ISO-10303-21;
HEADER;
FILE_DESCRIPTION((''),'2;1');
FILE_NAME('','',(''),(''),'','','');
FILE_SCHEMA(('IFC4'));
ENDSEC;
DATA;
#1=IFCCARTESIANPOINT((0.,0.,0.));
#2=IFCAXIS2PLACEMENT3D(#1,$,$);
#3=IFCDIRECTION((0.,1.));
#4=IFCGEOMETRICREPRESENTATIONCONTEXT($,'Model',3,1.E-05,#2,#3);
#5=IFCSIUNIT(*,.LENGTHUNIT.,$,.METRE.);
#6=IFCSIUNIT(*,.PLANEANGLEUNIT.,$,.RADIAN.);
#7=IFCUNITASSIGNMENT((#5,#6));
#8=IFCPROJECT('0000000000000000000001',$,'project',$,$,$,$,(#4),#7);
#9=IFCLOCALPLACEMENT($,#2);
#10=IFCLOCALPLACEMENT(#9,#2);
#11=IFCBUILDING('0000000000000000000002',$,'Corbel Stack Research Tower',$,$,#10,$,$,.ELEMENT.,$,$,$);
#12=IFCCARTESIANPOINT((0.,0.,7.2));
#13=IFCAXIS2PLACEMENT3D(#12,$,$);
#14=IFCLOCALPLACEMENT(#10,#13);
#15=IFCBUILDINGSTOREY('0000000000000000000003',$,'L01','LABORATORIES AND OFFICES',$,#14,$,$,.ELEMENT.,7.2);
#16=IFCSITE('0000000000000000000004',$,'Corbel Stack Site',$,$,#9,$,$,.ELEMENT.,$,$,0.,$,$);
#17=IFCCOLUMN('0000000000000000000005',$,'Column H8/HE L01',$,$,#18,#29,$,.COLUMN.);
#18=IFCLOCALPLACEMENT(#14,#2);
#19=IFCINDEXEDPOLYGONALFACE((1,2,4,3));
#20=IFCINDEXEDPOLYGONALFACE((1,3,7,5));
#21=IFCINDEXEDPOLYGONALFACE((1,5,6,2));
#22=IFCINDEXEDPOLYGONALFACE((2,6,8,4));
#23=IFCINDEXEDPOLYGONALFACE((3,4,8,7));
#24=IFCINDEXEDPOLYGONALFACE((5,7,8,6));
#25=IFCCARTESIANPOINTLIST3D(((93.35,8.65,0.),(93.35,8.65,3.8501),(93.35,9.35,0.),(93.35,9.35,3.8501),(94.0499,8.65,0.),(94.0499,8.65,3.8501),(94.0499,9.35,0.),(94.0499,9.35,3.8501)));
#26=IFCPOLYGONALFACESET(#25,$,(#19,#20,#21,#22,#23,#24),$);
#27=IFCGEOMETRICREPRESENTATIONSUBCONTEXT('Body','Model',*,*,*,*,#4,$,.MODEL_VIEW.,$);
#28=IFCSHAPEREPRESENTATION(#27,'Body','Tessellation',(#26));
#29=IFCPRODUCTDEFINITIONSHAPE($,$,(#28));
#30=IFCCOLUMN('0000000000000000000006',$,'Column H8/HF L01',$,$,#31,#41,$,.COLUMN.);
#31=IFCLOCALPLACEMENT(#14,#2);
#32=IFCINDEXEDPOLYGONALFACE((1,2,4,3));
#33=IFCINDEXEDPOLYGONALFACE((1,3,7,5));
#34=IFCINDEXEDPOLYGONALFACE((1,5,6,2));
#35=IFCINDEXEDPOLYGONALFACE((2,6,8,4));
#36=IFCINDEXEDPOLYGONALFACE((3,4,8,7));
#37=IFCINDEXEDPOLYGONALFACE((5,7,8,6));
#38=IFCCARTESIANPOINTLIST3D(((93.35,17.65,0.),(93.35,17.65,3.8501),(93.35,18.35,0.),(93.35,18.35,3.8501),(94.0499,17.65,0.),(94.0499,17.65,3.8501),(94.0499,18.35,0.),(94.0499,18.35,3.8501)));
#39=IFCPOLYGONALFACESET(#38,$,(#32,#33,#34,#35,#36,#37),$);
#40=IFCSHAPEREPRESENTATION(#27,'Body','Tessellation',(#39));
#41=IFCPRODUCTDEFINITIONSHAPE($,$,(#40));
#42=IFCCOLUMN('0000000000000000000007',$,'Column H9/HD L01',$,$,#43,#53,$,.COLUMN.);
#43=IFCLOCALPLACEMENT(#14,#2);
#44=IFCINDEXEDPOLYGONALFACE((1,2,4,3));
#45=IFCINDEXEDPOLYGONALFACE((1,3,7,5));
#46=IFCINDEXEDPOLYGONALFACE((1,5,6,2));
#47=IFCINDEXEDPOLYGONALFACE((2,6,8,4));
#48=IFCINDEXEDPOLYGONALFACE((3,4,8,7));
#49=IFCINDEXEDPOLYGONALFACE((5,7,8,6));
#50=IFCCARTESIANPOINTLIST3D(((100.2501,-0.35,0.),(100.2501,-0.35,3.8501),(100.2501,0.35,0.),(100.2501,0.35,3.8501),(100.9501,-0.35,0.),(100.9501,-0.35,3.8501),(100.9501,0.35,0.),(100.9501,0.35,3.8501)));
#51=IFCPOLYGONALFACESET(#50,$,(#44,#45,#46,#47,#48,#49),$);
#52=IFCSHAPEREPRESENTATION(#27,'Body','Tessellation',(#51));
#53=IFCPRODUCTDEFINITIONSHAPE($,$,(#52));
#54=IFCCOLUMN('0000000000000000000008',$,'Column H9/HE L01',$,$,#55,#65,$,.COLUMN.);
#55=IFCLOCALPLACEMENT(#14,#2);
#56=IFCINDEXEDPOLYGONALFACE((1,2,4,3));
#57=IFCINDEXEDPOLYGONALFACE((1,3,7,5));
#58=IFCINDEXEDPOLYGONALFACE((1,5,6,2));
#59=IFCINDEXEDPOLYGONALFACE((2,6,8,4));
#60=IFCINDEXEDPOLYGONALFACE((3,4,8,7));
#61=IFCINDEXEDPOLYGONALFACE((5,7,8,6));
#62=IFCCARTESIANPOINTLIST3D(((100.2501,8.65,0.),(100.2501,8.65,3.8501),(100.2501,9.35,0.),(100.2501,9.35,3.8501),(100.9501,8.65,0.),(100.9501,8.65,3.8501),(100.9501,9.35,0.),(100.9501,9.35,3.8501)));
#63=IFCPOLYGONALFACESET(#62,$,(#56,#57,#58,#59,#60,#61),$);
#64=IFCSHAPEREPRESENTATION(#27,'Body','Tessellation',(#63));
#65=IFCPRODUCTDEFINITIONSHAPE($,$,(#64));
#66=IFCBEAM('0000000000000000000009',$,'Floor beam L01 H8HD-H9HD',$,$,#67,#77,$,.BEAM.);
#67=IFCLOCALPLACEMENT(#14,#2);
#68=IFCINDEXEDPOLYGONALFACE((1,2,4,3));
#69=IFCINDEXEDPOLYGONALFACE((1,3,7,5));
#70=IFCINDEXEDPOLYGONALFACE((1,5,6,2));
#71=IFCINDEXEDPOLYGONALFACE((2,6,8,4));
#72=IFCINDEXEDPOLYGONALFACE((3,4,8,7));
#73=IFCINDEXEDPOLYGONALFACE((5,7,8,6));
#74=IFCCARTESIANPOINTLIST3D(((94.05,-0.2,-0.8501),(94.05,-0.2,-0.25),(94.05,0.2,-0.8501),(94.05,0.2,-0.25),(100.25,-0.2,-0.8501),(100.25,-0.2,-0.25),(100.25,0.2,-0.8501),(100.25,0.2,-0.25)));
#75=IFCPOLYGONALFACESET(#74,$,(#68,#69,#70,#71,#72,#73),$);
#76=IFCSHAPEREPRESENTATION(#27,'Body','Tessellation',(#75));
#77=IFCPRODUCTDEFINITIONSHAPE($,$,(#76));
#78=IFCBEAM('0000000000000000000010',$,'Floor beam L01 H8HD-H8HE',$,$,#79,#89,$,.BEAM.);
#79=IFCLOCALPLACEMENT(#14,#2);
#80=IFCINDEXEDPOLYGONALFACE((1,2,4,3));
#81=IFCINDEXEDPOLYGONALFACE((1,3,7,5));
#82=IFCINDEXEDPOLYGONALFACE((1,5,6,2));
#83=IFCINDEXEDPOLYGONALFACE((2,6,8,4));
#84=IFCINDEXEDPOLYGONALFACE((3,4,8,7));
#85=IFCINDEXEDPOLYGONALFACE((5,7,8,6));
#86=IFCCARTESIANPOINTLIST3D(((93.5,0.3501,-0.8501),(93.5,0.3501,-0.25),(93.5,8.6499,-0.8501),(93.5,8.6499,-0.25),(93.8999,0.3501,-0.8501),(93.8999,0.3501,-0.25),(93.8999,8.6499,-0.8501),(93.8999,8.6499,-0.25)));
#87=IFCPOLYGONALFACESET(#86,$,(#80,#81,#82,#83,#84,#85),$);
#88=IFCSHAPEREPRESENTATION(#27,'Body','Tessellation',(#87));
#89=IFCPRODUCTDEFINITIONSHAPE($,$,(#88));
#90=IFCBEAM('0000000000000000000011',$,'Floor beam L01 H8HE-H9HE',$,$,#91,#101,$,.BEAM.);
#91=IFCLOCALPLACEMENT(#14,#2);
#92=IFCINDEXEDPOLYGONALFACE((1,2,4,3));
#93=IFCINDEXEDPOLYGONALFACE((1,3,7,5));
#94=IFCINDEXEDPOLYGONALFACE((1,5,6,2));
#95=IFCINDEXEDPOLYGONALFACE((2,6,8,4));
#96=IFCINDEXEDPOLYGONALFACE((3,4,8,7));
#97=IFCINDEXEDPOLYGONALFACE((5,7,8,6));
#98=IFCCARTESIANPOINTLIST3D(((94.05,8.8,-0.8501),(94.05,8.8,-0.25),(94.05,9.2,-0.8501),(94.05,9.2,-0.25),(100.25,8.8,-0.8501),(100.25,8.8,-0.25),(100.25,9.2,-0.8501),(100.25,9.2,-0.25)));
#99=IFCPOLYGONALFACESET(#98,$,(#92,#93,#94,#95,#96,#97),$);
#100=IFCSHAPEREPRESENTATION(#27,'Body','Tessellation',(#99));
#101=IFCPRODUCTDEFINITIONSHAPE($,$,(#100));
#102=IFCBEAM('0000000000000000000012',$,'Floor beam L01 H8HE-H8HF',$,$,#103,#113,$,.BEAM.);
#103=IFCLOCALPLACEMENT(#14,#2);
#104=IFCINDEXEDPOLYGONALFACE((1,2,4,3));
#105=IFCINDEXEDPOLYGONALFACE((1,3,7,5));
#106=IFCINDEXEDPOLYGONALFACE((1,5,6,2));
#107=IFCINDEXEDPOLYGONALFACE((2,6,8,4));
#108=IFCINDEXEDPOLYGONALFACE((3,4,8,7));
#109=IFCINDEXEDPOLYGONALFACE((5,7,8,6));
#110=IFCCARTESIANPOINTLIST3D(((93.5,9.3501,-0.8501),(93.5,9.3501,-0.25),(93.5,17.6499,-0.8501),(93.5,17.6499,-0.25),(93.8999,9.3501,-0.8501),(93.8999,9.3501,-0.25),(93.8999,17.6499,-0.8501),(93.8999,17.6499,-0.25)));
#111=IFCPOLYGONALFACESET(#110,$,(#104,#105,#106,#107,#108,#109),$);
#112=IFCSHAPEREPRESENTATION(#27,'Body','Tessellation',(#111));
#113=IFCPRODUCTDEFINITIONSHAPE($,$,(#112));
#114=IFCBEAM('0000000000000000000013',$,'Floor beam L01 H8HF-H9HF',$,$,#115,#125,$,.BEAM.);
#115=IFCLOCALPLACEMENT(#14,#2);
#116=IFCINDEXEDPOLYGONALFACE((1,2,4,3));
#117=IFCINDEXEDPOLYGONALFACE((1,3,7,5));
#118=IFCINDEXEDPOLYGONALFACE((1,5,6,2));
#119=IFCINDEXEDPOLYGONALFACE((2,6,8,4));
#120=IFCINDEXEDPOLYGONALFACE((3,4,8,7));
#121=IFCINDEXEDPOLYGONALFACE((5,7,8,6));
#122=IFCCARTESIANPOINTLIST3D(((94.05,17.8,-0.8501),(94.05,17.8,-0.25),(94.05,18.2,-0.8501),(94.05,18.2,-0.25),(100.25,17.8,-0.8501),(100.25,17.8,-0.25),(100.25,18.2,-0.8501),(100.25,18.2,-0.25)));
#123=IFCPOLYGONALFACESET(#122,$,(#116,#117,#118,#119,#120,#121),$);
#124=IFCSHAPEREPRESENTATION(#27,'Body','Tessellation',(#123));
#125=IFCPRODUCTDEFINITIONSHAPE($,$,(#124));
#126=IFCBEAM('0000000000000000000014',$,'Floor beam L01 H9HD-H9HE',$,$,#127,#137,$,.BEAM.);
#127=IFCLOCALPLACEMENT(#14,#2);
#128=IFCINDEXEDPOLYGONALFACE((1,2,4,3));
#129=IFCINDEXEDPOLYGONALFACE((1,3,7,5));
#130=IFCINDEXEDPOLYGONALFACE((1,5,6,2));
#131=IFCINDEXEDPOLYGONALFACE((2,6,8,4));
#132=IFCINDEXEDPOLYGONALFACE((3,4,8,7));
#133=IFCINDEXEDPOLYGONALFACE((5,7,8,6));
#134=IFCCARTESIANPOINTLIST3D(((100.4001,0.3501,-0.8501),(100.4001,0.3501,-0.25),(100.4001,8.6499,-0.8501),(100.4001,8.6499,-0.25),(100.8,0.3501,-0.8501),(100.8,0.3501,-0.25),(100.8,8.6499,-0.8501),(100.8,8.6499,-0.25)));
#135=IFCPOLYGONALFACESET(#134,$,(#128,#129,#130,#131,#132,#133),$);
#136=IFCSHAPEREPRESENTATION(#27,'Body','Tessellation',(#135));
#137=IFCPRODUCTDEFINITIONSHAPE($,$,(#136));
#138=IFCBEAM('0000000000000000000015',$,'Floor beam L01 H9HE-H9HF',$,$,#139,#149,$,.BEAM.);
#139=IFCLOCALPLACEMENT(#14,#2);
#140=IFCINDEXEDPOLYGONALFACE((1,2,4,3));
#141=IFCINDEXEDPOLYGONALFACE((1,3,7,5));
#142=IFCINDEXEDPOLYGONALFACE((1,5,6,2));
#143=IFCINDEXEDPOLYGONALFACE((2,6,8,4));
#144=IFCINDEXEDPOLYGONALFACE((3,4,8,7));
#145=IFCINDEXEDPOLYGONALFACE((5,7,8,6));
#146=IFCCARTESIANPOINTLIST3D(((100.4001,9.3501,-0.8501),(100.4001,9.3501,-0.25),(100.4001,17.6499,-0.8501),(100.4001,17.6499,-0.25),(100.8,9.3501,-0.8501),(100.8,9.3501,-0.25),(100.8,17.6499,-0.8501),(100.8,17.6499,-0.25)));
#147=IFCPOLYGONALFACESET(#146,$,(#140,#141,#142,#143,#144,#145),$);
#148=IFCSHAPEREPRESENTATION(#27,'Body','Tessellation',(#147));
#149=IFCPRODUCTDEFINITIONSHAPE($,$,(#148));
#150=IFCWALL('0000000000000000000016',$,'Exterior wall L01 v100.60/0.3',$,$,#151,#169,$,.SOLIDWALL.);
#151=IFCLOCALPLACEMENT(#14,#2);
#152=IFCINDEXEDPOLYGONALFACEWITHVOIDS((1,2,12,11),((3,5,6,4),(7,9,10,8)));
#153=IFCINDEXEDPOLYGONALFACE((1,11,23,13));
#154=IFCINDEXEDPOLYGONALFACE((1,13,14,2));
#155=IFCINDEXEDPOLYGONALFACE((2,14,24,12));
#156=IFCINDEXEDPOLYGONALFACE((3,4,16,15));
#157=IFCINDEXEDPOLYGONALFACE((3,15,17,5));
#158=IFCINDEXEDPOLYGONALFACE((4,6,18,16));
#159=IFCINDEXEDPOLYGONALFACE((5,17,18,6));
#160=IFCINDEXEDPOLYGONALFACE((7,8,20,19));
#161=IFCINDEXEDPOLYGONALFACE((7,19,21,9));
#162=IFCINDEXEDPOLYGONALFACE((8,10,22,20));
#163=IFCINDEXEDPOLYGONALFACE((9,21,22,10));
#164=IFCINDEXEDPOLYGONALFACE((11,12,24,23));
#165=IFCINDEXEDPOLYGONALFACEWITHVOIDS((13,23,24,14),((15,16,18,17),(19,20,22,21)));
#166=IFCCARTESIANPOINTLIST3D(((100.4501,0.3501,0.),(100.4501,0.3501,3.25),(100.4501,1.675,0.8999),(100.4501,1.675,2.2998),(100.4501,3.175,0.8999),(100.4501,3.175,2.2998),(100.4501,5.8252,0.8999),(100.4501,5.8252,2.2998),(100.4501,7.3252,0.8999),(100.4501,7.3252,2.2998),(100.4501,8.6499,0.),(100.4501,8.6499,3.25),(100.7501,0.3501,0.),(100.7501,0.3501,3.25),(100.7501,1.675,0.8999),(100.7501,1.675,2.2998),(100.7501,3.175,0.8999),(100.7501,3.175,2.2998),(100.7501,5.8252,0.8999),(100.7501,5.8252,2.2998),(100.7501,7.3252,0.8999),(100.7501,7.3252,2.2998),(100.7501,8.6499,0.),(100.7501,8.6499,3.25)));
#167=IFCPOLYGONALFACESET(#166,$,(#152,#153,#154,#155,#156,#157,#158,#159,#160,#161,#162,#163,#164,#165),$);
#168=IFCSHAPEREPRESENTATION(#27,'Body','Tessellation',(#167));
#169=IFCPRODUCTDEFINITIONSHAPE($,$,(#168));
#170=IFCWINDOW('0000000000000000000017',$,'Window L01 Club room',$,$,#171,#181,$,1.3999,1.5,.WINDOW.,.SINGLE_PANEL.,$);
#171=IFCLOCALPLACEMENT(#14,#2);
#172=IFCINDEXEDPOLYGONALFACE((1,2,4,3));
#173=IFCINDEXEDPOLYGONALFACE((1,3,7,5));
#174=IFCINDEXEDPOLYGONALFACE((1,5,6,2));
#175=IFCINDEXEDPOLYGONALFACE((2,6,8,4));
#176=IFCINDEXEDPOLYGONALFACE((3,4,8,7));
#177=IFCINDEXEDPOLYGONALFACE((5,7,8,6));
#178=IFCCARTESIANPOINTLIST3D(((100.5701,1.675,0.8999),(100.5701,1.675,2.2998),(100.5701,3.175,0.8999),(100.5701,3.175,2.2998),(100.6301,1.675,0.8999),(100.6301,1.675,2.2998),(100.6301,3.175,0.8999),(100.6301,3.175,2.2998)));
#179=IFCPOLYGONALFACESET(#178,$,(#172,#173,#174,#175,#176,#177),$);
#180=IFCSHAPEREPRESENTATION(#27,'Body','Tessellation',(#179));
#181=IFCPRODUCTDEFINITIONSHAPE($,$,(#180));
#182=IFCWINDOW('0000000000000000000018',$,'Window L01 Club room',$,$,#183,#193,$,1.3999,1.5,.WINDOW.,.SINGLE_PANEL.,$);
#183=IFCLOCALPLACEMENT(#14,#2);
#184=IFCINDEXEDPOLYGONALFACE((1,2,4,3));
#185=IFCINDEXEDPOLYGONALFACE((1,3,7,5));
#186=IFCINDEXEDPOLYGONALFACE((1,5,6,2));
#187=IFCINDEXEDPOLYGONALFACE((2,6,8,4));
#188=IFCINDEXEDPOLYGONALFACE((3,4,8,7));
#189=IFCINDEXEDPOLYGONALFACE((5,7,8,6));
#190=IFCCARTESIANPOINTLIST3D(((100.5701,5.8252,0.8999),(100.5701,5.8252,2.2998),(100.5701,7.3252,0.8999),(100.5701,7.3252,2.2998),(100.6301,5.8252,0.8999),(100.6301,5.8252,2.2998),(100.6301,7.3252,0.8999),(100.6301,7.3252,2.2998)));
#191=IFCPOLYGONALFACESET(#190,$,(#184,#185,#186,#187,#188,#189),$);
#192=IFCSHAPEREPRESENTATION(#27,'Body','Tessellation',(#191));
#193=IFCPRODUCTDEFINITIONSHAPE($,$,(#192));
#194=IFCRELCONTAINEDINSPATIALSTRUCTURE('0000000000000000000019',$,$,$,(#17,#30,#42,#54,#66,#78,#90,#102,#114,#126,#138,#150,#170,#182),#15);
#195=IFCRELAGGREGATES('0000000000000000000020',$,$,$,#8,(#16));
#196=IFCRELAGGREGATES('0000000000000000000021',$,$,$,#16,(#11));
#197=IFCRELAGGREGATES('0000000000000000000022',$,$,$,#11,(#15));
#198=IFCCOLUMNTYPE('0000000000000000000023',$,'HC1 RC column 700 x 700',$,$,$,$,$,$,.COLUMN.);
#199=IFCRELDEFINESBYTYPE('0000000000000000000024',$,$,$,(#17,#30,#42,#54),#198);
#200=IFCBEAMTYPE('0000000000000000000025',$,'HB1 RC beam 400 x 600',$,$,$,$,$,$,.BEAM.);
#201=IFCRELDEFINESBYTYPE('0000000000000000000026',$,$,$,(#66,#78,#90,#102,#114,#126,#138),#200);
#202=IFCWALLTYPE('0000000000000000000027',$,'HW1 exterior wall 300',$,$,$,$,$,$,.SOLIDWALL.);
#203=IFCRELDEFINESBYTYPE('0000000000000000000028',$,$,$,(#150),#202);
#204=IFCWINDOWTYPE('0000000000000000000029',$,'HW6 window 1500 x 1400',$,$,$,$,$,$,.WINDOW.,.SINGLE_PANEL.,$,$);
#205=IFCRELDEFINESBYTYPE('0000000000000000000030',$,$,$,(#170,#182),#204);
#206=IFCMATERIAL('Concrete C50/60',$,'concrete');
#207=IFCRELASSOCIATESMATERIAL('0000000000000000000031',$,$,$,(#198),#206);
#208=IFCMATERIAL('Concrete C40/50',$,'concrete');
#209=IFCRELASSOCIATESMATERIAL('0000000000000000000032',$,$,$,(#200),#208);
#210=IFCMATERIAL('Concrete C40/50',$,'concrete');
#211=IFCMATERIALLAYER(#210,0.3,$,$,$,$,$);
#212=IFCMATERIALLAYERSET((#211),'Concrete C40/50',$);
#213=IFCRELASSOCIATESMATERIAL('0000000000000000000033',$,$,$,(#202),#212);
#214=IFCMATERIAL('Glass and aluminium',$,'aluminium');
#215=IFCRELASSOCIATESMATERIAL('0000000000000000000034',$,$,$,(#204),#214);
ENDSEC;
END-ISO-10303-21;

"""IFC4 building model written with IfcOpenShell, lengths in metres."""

from ifc_helpers import new_model, si_unit, direction, frame, frame_2d, origin, origin_2d, place, context, subcontext, project, spatial, rectangle, extrude, material, layer, layer_set, material_profile, profile_set, type_object, element, fill, save


model = new_model("IFC4")

# Units and contexts
model_context = context("Model", 3, precision=1e-05, world=origin(), true_north=direction((0.0, 1.0)))
body_context = subcontext(model_context, "Body", "Model", "MODEL_VIEW")
ifc_project = project(units=[si_unit("LENGTHUNIT", "METRE"), si_unit("PLANEANGLEUNIT", "RADIAN")], contexts=[model_context])

# Site, building, storey
site_placement = place(None, origin())
site = spatial("IfcSite", under=ifc_project, at=site_placement, Name="Corbel Stack Site", CompositionType="ELEMENT", RefElevation=0.0)
building_placement = place(site_placement, origin())
building = spatial("IfcBuilding", under=site, at=building_placement, Name="Corbel Stack Research Tower", CompositionType="ELEMENT")
storey_placement = place(building_placement, frame((0.0, 0.0, 7.2)))
storey = spatial("IfcBuildingStorey", under=building, at=storey_placement, Name="L01", Description="LABORATORIES AND OFFICES", CompositionType="ELEMENT", Elevation=7.2)

# Columns
ifc_material_1 = material(Name="Concrete C50/60", Category="concrete")
ifc_material_profile_1 = material_profile(ifc_material_1, rectangle(XDim=0.7, YDim=0.7, at=origin_2d()), Name="RC 700 x 700")
ifc_profile_set_1 = profile_set([ifc_material_profile_1], Name="Concrete C50/60")
column_type = type_object("IfcColumnType", Name="HC1 RC column 700 x 700", PredefinedType="COLUMN", material=ifc_profile_set_1)
for number, where, z_axis, x_axis, name in (
    (1, (93.7, 9.0, 0.0), (0.0, 0.0, 1.0), (1.0, 0.0, 0.0), "Column H8/HE L01"),
    (2, (93.7, 18.0, 0.0), (0.0, 0.0, 1.0), (1.0, 0.0, 0.0), "Column H8/HF L01"),
    (3, (100.6001, 0.0, 0.0), (0.0, 0.0, 1.0), (1.0, 0.0, 0.0), "Column H9/HD L01"),
    (4, (100.6001, 9.0, 0.0), (0.0, 0.0, 1.0), (1.0, 0.0, 0.0), "Column H9/HE L01"),
):
    element("IfcColumn", number, at=place(storey_placement, frame(where, z_axis=z_axis, x_axis=x_axis)), inside=storey, type_object=column_type, Name=name, PredefinedType="COLUMN", context=body_context, shape_type="SweptSolid", body=[
        extrude(rectangle(XDim=0.7, YDim=0.7, at=origin_2d()), origin(), (0.0, 0.0, 1.0), 3.8501),
    ])

# Beams
ifc_material_2 = material(Name="Concrete C40/50", Category="concrete")
ifc_material_profile_2 = material_profile(ifc_material_2, rectangle(XDim=0.3999, YDim=0.6001, at=origin_2d()), Name="RC 400 x 600")
ifc_profile_set_2 = profile_set([ifc_material_profile_2], Name="Concrete C40/50")
beam_type = type_object("IfcBeamType", Name="HB1 RC beam 400 x 600", PredefinedType="BEAM", material=ifc_profile_set_2)
beam_1_placement = place(storey_placement, frame((94.05, 0.0, -0.55), z_axis=(1.0, 0.0, 0.0), x_axis=(0.0, 1.0, 0.0)))
element("IfcBeam", 5, at=beam_1_placement, inside=storey, type_object=beam_type, Name="Floor beam L01 H8HD-H9HD", PredefinedType="BEAM", context=body_context, shape_type="SweptSolid", body=[
    extrude(rectangle(XDim=0.3999, YDim=0.6001, at=origin_2d()), origin(), (0.0, 0.0, 1.0), 6.2),
])
beam_2_placement = place(storey_placement, frame((93.7, 0.3501, -0.55), z_axis=(0.0, 1.0, 0.0), x_axis=(-1.0, 0.0, 0.0)))
element("IfcBeam", 6, at=beam_2_placement, inside=storey, type_object=beam_type, Name="Floor beam L01 H8HD-H8HE", PredefinedType="BEAM", context=body_context, shape_type="SweptSolid", body=[
    extrude(rectangle(XDim=0.3999, YDim=0.6001, at=origin_2d()), origin(), (0.0, 0.0, 1.0), 8.2998),
])
beam_3_placement = place(storey_placement, frame((94.05, 9.0, -0.55), z_axis=(1.0, 0.0, 0.0), x_axis=(0.0, 1.0, 0.0)))
element("IfcBeam", 7, at=beam_3_placement, inside=storey, type_object=beam_type, Name="Floor beam L01 H8HE-H9HE", PredefinedType="BEAM", context=body_context, shape_type="SweptSolid", body=[
    extrude(rectangle(XDim=0.3999, YDim=0.6001, at=origin_2d()), origin(), (0.0, 0.0, 1.0), 6.2),
])
beam_4_placement = place(storey_placement, frame((93.7, 9.3501, -0.55), z_axis=(0.0, 1.0, 0.0), x_axis=(-1.0, 0.0, 0.0)))
element("IfcBeam", 8, at=beam_4_placement, inside=storey, type_object=beam_type, Name="Floor beam L01 H8HE-H8HF", PredefinedType="BEAM", context=body_context, shape_type="SweptSolid", body=[
    extrude(rectangle(XDim=0.3999, YDim=0.6001, at=origin_2d()), origin(), (0.0, 0.0, 1.0), 8.2998),
])
beam_5_placement = place(storey_placement, frame((94.05, 18.0, -0.55), z_axis=(1.0, 0.0, 0.0), x_axis=(0.0, 1.0, 0.0)))
element("IfcBeam", 9, at=beam_5_placement, inside=storey, type_object=beam_type, Name="Floor beam L01 H8HF-H9HF", PredefinedType="BEAM", context=body_context, shape_type="SweptSolid", body=[
    extrude(rectangle(XDim=0.3999, YDim=0.6001, at=origin_2d()), origin(), (0.0, 0.0, 1.0), 6.2),
])
for number, where, z_axis, x_axis, name in (
    (10, (100.6001, 0.3501, -0.55), (0.0, 1.0, 0.0), (-1.0, 0.0, 0.0), "Floor beam L01 H9HD-H9HE"),
    (11, (100.6001, 9.3501, -0.55), (0.0, 1.0, 0.0), (-1.0, 0.0, 0.0), "Floor beam L01 H9HE-H9HF"),
):
    element("IfcBeam", number, at=place(storey_placement, frame(where, z_axis=z_axis, x_axis=x_axis)), inside=storey, type_object=beam_type, Name=name, PredefinedType="BEAM", context=body_context, shape_type="SweptSolid", body=[
        extrude(rectangle(XDim=0.3999, YDim=0.6001, at=origin_2d()), origin(), (0.0, 0.0, 1.0), 8.2998),
    ])

# Wall, openings, windows
ifc_material_3 = material(Name="Concrete C40/50", Category="concrete")
ifc_layer_1 = layer(ifc_material_3, 0.3)
ifc_layer_set_1 = layer_set([ifc_layer_1], Name="Concrete C40/50")
wall_type_1 = type_object("IfcWallType", Name="HW1 exterior wall 300", PredefinedType="SOLIDWALL", material=ifc_layer_set_1)
wall_1_placement = place(storey_placement, frame((100.6001, 0.3501, 0.0), z_axis=(0.0, 0.0, 1.0), x_axis=(0.0, 1.0, 0.0)))
wall_1 = element("IfcWall", 12, at=wall_1_placement, inside=storey, type_object=wall_type_1, Name="Exterior wall L01 v100.60/0.3", PredefinedType="SOLIDWALL", context=body_context, shape_type="SweptSolid", body=[
    extrude(rectangle(XDim=8.2998, YDim=0.3, at=frame_2d((4.1499, 0.0))), origin(), (0.0, 0.0, 1.0), 3.25),
])
opening_1_placement = place(wall_1_placement, frame((1.325, 0.0, 0.8999)))
opening_1 = element("IfcOpeningElement", 13, at=opening_1_placement, cuts=wall_1, PredefinedType="OPENING", context=body_context, shape_type="SweptSolid", body=[
    extrude(rectangle(XDim=1.5, YDim=1.3999, at=frame_2d((0.75, 0.7))), frame((0.0, 0.1599, 0.0), z_axis=(0.0, -1.0, 0.0), x_axis=(1.0, 0.0, 0.0)), (0.0, 0.0, 1.0), 0.3201),
])
opening_2_placement = place(wall_1_placement, frame((5.4751, 0.0, 0.8999)))
opening_2 = element("IfcOpeningElement", 14, at=opening_2_placement, cuts=wall_1, PredefinedType="OPENING", context=body_context, shape_type="SweptSolid", body=[
    extrude(rectangle(XDim=1.5, YDim=1.3999, at=frame_2d((0.75, 0.7))), frame((0.0, 0.1599, 0.0), z_axis=(0.0, -1.0, 0.0), x_axis=(1.0, 0.0, 0.0)), (0.0, 0.0, 1.0), 0.3201),
])
ifc_material_4 = material(Name="Glass and aluminium", Category="aluminium")
window_type = type_object("IfcWindowType", Name="HW6 window 1500 x 1400", PartitioningType="SINGLE_PANEL", PredefinedType="WINDOW", material=ifc_material_4)
window_1_placement = place(opening_1_placement, origin())
window_1 = element("IfcWindow", 15, at=window_1_placement, inside=storey, type_object=window_type, Name="Window L01 Club room", OverallHeight=1.3999, OverallWidth=1.5, PartitioningType="SINGLE_PANEL", PredefinedType="WINDOW", context=body_context, shape_type="SweptSolid", body=[
    extrude(rectangle(XDim=1.5, YDim=1.3999, at=frame_2d((0.75, 0.7))), frame((0.0, 0.03, 0.0), z_axis=(0.0, -1.0, 0.0), x_axis=(1.0, 0.0, 0.0)), (0.0, 0.0, 1.0), 0.0601),
])
fill(opening_1, window_1)
window_2_placement = place(opening_2_placement, origin())
window_2 = element("IfcWindow", 16, at=window_2_placement, inside=storey, type_object=window_type, Name="Window L01 Club room", OverallHeight=1.3999, OverallWidth=1.5, PartitioningType="SINGLE_PANEL", PredefinedType="WINDOW", context=body_context, shape_type="SweptSolid", body=[
    extrude(rectangle(XDim=1.5, YDim=1.3999, at=frame_2d((0.75, 0.7))), frame((0.0, 0.03, 0.0), z_axis=(0.0, -1.0, 0.0), x_axis=(1.0, 0.0, 0.0)), (0.0, 0.0, 1.0), 0.0601),
])
fill(opening_2, window_2)

save(model, "model.ifc")
